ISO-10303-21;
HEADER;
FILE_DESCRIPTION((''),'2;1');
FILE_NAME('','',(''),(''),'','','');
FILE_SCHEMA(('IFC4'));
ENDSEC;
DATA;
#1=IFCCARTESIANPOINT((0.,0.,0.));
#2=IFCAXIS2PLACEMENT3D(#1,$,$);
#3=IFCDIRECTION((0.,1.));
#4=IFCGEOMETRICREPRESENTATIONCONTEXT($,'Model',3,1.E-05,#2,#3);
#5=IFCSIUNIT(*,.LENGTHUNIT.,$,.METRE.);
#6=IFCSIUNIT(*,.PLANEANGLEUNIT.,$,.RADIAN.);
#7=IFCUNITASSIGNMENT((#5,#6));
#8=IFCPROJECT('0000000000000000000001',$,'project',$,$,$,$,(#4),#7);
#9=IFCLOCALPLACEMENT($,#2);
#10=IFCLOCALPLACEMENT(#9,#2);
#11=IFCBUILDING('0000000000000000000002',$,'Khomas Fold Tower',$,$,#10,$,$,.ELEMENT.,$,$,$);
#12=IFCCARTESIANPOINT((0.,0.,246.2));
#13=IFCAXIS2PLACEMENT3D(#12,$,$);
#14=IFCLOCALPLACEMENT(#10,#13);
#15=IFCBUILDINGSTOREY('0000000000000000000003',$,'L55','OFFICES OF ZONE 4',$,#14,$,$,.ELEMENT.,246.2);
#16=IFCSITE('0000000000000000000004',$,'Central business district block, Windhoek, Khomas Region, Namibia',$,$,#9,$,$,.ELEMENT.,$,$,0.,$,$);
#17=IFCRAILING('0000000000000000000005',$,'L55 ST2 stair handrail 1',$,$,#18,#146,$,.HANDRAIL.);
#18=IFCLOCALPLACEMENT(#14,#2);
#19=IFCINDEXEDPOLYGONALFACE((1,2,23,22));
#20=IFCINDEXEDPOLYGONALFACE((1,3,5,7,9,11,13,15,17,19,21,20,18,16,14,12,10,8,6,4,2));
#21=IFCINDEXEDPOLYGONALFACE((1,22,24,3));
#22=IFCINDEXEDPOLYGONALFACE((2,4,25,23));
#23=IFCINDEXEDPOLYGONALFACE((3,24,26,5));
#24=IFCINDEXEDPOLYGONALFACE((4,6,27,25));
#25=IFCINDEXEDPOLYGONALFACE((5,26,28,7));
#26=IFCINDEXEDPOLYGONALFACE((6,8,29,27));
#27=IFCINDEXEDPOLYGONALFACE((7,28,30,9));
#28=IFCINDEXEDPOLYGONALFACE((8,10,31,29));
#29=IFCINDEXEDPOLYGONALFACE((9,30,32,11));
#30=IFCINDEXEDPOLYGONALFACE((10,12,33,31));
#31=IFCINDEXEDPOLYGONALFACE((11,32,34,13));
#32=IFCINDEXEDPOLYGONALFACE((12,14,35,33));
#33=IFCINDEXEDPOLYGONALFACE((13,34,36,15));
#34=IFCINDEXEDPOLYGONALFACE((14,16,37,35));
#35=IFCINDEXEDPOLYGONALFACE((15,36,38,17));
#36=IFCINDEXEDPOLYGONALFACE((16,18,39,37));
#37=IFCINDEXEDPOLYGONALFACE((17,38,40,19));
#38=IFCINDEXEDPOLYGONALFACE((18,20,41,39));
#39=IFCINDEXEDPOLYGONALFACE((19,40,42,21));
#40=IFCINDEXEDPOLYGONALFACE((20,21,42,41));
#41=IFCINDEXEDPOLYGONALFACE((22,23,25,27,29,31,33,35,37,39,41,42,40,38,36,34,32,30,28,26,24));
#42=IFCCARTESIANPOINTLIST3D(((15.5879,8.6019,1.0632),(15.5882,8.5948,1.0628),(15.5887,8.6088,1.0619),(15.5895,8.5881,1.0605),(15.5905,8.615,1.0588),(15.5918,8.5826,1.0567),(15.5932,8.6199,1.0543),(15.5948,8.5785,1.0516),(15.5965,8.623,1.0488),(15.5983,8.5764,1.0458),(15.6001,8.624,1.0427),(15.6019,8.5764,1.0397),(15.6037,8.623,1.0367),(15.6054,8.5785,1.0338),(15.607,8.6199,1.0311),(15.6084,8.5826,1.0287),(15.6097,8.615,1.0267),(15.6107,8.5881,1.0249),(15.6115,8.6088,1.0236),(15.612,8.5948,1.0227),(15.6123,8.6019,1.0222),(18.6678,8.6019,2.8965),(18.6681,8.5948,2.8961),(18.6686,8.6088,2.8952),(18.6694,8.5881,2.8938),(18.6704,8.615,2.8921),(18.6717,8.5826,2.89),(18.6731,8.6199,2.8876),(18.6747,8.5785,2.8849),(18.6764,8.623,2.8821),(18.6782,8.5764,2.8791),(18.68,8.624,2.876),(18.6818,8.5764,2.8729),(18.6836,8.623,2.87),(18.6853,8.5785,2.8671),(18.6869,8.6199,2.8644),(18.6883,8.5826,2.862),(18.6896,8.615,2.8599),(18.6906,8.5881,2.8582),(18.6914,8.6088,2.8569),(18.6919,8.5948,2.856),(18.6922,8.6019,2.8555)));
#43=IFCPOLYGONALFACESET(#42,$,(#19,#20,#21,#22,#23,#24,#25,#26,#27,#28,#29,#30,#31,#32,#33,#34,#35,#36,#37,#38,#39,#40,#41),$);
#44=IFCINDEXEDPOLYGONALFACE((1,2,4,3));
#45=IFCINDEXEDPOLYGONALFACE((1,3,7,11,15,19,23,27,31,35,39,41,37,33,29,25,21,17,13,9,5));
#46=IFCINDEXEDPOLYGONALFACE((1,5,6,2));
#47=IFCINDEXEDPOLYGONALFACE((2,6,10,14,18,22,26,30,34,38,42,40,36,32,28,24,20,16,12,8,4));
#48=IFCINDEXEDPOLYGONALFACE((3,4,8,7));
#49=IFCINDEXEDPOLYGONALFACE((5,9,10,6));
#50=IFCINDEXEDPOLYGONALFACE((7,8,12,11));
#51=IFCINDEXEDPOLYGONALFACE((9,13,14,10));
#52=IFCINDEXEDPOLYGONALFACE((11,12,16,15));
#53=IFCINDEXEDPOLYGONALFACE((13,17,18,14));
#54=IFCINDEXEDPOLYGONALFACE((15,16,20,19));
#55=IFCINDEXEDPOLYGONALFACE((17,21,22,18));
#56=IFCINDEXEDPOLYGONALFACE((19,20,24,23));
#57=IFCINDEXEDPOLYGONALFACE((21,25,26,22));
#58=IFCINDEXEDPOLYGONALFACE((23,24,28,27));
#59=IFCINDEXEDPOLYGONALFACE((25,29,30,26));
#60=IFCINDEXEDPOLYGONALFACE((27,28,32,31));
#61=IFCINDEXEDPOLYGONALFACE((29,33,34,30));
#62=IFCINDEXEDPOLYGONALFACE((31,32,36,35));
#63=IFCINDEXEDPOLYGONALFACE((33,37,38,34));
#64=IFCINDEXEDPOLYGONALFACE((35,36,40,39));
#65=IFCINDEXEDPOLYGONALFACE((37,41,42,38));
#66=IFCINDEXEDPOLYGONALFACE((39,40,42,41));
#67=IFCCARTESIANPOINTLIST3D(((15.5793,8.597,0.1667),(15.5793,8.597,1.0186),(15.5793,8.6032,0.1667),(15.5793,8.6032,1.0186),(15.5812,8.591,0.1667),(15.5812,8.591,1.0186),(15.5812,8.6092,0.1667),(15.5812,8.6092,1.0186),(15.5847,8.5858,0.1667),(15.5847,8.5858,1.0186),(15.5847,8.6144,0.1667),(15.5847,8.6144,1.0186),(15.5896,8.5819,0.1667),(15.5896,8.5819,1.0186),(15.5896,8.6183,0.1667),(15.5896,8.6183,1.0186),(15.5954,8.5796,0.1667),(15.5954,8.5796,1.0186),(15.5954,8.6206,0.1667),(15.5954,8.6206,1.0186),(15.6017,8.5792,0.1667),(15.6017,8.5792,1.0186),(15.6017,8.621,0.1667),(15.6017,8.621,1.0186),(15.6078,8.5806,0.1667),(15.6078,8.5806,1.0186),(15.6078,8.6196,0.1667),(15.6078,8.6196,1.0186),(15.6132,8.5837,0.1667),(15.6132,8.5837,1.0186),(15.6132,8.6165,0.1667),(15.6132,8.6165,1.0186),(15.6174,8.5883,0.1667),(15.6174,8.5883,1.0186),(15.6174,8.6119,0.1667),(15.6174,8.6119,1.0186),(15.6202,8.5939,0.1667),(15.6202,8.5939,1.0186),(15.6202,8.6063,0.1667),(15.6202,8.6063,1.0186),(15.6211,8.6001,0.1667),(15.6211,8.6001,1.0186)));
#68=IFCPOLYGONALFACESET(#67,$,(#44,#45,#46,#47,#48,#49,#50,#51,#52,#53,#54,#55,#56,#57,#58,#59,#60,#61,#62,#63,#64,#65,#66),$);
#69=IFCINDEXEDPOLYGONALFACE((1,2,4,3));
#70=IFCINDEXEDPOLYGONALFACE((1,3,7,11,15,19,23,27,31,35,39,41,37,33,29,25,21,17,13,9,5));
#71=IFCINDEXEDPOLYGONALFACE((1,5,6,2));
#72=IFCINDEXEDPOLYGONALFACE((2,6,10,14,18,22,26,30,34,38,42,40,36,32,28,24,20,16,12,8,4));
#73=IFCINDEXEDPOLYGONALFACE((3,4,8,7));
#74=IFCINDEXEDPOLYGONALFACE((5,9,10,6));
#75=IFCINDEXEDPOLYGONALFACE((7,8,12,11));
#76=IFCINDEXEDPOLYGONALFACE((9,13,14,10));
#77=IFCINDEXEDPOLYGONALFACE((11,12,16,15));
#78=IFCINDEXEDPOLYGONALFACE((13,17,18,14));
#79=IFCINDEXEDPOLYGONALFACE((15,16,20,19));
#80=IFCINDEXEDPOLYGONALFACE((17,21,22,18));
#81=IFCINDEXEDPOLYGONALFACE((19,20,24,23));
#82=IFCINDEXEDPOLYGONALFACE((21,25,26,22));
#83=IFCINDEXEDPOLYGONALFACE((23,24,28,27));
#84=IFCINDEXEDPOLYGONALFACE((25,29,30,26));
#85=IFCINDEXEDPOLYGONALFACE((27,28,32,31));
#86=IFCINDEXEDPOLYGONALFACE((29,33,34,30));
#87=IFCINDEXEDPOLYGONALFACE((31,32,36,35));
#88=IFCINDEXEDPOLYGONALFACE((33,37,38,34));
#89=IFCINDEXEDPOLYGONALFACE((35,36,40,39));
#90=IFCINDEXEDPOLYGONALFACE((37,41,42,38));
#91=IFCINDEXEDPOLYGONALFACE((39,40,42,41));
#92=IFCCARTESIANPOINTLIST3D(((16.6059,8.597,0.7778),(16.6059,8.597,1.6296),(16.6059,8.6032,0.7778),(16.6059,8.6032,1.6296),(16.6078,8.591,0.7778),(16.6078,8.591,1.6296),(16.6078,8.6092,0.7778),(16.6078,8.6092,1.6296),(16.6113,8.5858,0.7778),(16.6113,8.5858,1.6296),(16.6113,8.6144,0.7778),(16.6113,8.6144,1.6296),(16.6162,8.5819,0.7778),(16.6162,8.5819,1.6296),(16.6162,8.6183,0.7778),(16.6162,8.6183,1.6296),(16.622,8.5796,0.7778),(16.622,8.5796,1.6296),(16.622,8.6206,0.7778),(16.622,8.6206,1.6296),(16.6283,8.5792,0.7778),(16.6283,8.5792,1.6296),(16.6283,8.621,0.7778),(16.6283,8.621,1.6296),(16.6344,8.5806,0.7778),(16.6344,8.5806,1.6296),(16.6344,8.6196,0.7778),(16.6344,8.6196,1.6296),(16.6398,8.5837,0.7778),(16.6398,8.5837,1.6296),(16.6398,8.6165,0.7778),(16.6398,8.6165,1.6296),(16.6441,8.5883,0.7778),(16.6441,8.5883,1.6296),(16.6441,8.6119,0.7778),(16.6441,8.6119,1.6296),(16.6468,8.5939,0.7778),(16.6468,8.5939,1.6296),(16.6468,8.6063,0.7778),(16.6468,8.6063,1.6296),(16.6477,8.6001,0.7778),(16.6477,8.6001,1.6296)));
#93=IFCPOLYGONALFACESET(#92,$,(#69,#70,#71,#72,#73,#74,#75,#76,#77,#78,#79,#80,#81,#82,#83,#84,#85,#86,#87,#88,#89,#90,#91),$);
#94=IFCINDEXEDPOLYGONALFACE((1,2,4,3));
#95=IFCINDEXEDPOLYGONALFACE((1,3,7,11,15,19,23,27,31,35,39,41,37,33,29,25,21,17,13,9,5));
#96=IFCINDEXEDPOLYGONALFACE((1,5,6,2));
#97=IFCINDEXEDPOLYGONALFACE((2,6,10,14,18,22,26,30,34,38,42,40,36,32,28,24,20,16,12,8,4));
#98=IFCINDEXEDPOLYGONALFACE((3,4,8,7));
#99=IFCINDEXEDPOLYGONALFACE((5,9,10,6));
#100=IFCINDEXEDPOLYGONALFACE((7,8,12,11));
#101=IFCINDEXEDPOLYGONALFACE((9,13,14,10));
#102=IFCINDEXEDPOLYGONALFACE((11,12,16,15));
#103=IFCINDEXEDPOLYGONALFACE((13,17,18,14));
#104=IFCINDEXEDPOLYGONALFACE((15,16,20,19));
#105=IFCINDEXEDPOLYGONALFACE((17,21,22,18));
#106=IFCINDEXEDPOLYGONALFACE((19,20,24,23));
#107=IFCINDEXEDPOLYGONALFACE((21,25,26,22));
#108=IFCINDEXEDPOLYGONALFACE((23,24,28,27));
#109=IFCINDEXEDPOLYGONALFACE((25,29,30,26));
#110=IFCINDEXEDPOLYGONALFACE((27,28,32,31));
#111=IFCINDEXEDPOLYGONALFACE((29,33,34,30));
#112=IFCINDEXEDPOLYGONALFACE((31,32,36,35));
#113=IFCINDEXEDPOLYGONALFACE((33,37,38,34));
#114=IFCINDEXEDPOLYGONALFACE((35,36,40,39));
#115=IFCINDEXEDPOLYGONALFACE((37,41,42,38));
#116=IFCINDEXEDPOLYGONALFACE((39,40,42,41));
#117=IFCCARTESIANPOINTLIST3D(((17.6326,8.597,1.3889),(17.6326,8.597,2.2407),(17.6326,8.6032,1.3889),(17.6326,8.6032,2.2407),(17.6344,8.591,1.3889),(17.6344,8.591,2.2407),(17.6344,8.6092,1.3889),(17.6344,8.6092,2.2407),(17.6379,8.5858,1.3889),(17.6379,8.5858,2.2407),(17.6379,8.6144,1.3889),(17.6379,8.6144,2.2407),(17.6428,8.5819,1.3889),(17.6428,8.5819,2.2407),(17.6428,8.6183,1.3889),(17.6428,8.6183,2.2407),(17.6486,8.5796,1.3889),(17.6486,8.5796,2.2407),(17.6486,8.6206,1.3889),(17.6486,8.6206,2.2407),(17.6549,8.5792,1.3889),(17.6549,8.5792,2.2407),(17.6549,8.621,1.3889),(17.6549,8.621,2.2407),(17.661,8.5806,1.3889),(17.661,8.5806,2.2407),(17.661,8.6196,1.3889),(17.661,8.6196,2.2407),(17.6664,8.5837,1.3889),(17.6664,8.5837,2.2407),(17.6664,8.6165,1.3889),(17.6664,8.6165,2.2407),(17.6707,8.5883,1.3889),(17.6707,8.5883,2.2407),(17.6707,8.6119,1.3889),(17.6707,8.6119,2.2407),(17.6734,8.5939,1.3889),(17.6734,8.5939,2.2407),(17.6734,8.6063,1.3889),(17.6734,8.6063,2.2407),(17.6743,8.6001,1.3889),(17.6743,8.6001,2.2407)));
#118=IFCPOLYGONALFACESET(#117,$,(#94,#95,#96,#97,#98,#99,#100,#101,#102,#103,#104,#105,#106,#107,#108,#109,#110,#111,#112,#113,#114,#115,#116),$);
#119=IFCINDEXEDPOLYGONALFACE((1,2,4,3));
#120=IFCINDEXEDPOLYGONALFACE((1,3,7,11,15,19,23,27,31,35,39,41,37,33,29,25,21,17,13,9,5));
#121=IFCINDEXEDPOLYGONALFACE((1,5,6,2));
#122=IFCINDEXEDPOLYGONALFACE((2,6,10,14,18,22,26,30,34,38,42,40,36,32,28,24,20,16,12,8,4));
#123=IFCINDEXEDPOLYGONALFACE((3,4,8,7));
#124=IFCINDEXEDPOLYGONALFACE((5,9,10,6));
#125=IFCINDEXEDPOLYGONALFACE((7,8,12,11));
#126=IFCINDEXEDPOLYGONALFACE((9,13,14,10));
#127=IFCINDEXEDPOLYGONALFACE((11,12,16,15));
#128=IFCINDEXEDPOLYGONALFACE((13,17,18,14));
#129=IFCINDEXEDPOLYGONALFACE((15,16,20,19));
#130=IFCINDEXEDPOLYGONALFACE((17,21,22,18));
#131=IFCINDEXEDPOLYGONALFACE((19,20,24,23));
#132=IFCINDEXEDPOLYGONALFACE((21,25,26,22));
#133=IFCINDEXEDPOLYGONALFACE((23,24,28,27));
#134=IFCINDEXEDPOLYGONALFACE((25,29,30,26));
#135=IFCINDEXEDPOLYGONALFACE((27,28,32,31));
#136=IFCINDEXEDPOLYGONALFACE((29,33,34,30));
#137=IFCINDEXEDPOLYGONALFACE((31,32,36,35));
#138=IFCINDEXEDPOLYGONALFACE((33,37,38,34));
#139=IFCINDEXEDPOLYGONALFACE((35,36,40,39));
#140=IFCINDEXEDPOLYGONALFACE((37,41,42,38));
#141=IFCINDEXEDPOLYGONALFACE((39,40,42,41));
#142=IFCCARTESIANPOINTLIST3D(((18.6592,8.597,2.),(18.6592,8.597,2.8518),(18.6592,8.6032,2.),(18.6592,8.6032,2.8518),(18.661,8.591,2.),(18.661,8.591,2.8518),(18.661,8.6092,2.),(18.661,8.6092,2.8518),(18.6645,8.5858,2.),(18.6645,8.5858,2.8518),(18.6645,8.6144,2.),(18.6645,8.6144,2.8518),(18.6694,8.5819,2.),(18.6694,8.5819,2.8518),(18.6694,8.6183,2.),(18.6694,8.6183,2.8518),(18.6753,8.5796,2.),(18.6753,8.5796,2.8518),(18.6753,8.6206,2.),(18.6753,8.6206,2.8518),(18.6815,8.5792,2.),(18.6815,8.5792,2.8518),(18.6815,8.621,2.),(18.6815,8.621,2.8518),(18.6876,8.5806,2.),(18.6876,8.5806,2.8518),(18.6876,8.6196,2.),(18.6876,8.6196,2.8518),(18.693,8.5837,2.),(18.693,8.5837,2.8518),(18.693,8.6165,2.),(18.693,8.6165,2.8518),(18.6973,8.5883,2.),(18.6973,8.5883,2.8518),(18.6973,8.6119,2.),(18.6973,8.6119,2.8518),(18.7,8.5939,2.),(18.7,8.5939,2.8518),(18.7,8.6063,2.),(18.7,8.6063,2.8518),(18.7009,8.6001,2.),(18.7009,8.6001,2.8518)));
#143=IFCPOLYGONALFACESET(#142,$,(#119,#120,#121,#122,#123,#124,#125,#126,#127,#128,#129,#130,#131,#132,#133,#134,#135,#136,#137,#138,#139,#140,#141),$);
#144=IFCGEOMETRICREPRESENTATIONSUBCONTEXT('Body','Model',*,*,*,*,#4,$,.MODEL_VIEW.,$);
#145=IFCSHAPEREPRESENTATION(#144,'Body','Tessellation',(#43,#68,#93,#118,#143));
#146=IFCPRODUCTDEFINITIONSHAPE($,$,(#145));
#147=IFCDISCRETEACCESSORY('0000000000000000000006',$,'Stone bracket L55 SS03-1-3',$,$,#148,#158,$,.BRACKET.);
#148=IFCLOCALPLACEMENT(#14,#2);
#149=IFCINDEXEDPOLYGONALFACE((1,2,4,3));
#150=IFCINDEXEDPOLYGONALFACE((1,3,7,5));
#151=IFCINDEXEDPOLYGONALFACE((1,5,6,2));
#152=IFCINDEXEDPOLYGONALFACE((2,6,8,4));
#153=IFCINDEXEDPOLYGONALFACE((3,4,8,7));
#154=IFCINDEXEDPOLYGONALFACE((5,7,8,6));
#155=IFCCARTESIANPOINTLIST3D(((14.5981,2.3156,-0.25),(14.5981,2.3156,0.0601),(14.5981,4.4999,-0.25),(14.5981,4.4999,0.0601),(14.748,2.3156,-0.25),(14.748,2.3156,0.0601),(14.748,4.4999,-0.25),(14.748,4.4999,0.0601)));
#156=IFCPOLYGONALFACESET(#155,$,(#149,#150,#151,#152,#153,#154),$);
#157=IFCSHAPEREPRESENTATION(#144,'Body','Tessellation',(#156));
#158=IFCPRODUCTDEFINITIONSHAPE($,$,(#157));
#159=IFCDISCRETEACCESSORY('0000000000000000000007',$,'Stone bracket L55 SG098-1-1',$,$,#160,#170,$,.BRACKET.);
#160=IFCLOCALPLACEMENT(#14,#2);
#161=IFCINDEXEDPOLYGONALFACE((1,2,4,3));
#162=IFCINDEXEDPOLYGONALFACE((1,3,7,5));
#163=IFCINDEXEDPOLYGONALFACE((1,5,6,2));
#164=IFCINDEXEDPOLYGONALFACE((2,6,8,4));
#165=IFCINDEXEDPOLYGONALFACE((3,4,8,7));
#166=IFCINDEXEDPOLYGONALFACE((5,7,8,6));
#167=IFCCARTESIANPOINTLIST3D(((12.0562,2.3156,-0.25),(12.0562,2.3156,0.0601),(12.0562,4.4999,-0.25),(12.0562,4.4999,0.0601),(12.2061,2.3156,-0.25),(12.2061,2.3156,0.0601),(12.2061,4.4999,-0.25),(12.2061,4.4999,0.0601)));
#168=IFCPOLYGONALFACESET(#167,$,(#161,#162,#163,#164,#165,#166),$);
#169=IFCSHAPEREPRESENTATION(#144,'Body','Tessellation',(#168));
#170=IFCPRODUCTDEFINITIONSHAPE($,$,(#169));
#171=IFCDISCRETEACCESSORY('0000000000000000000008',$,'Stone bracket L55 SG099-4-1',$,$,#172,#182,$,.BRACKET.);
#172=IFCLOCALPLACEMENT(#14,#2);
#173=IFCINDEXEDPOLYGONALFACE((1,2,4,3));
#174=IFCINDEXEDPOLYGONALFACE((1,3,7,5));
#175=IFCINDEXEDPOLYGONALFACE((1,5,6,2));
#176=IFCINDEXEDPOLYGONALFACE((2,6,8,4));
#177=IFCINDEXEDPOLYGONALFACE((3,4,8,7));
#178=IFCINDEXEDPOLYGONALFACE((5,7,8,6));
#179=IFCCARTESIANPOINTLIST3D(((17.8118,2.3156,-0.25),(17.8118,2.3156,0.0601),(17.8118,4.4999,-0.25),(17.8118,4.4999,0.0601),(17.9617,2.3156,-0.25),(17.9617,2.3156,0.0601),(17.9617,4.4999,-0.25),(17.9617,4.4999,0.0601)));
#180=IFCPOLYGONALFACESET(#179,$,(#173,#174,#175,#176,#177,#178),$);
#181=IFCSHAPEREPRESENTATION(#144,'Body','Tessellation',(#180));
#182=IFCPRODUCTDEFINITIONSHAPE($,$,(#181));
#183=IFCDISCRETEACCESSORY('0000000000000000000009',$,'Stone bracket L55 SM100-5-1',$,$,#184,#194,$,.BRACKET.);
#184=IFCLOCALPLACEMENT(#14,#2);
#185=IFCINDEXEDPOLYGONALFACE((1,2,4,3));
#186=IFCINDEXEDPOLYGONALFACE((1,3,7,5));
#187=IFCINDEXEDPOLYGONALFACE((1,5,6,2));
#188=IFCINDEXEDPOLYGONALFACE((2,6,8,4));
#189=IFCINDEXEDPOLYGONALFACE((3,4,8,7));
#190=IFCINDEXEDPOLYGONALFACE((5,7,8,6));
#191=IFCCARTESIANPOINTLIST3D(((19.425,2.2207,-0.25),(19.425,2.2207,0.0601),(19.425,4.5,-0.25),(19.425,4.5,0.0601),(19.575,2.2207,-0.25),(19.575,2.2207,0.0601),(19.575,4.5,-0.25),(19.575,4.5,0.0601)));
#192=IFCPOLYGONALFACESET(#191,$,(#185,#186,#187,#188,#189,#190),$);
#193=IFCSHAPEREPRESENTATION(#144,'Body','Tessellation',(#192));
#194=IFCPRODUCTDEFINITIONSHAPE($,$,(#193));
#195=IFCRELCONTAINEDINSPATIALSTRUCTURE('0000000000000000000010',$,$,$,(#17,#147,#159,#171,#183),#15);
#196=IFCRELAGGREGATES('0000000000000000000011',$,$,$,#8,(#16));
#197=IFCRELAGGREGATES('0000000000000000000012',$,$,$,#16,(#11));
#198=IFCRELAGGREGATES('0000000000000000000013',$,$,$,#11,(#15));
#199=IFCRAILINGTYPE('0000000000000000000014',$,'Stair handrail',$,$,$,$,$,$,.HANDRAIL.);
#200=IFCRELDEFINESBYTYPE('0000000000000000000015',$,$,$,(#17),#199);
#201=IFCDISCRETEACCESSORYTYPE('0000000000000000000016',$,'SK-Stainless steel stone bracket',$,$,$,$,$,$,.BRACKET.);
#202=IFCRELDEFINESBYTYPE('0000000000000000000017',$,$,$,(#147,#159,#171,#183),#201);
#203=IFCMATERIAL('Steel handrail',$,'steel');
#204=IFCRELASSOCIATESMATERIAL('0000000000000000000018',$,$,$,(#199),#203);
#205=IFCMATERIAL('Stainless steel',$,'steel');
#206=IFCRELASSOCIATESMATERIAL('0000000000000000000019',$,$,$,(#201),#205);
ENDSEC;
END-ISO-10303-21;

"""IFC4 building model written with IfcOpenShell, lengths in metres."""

from ifc_helpers import new_model, si_unit, direction, frame, origin, origin_2d, place, context, subcontext, project, spatial, rectangle, circle, extrude, source, transform, mapped, material, type_object, element, save


model = new_model("IFC4")

# Units and contexts
model_context = context("Model", 3, precision=1e-05, world=origin(), true_north=direction((0.0, 1.0)))
body_context = subcontext(model_context, "Body", "Model", "MODEL_VIEW")
ifc_project = project(units=[si_unit("LENGTHUNIT", "METRE"), si_unit("PLANEANGLEUNIT", "RADIAN")], contexts=[model_context])

# Site, building, storey
site_placement = place(None, origin())
site = spatial("IfcSite", under=ifc_project, at=site_placement, Name="Central business district block, Windhoek, Khomas Region, Namibia", CompositionType="ELEMENT", RefElevation=0.0)
building_placement = place(site_placement, origin())
building = spatial("IfcBuilding", under=site, at=building_placement, Name="Khomas Fold Tower", CompositionType="ELEMENT")
storey_placement = place(building_placement, frame((0.0, 0.0, 246.2)))
storey = spatial("IfcBuildingStorey", under=building, at=storey_placement, Name="L55", Description="OFFICES OF ZONE 4", CompositionType="ELEMENT", Elevation=246.2)

# Railing
ifc_material_1 = material(Name="Steel handrail", Category="steel")
railing_type_1 = type_object("IfcRailingType", Name="Stair handrail", PredefinedType="HANDRAIL", material=ifc_material_1)
shared_shape_1 = source(origin(), body_context, "Body", "SweptSolid", [
    extrude(circle(Radius=0.0239, at=origin_2d()), frame((0.0, 0.0, 0.876), z_axis=(0.859291, 0.0, 0.511487), x_axis=(0.0, 1.0, 0.0)), (0.0, 0.0, 1.0), 3.5842),
    extrude(circle(Radius=0.021, at=origin_2d()), origin(), (0.0, 0.0, 1.0), 0.8518),
    extrude(circle(Radius=0.021, at=origin_2d()), frame((1.0266, 0.0, 0.6111)), (0.0, 0.0, 1.0), 0.8518),
    extrude(circle(Radius=0.021, at=origin_2d()), frame((2.0532, 0.0, 1.2222)), (0.0, 0.0, 1.0), 0.8518),
    extrude(circle(Radius=0.021, at=origin_2d()), frame((3.0798, 0.0, 1.8333)), (0.0, 0.0, 1.0), 0.8518),
])
railing_1_placement = place(storey_placement, frame((15.6001, 8.6001, 0.1667)))
element("IfcRailing", 1, at=railing_1_placement, inside=storey, type_object=railing_type_1, Name="L55 ST2 stair handrail 1", PredefinedType="HANDRAIL", context=body_context, shape_type="MappedRepresentation", body=[
    mapped(shared_shape_1, transform((0.0, 0.0, 0.0))),
])

# Discrete accessories
ifc_material_2 = material(Name="Stainless steel", Category="steel")
discrete_accessory_type = type_object("IfcDiscreteAccessoryType", Name="SK-Stainless steel stone bracket", PredefinedType="BRACKET", material=ifc_material_2)
shared_shape_2 = source(origin(), body_context, "Body", "SweptSolid", [
    extrude(rectangle(XDim=2.1843, YDim=0.1499, at=origin_2d()), origin(), (0.0, 0.0, 1.0), 0.3101),
])
for number, where, z_axis, x_axis, name in (
    (2, (14.6731, 3.4077, -0.25), (0.0, 0.0, 1.0), (0.0, -1.0, 0.0), "Stone bracket L55 SS03-1-3"),
    (3, (12.1311, 3.4077, -0.25), (0.0, 0.0, 1.0), (0.0, -1.0, 0.0), "Stone bracket L55 SG098-1-1"),
    (4, (17.8867, 3.4077, -0.25), (0.0, 0.0, 1.0), (0.0, -1.0, 0.0), "Stone bracket L55 SG099-4-1"),
):
    element("IfcDiscreteAccessory", number, at=place(storey_placement, frame(where, z_axis=z_axis, x_axis=x_axis)), inside=storey, type_object=discrete_accessory_type, Name=name, PredefinedType="BRACKET", context=body_context, shape_type="MappedRepresentation", body=[
        mapped(shared_shape_2, transform((0.0, 0.0, 0.0))),
    ])
shared_shape_3 = source(origin(), body_context, "Body", "SweptSolid", [
    extrude(rectangle(XDim=2.2793, YDim=0.1499, at=origin_2d()), origin(), (0.0, 0.0, 1.0), 0.3101),
])
discrete_accessory_placement = place(storey_placement, frame((19.5, 3.3604, -0.25), z_axis=(0.0, 0.0, 1.0), x_axis=(0.0, -1.0, 0.0)))
element("IfcDiscreteAccessory", 5, at=discrete_accessory_placement, inside=storey, type_object=discrete_accessory_type, Name="Stone bracket L55 SM100-5-1", PredefinedType="BRACKET", context=body_context, shape_type="MappedRepresentation", body=[
    mapped(shared_shape_3, transform((0.0, 0.0, 0.0))),
])

save(model, "model.ifc")
